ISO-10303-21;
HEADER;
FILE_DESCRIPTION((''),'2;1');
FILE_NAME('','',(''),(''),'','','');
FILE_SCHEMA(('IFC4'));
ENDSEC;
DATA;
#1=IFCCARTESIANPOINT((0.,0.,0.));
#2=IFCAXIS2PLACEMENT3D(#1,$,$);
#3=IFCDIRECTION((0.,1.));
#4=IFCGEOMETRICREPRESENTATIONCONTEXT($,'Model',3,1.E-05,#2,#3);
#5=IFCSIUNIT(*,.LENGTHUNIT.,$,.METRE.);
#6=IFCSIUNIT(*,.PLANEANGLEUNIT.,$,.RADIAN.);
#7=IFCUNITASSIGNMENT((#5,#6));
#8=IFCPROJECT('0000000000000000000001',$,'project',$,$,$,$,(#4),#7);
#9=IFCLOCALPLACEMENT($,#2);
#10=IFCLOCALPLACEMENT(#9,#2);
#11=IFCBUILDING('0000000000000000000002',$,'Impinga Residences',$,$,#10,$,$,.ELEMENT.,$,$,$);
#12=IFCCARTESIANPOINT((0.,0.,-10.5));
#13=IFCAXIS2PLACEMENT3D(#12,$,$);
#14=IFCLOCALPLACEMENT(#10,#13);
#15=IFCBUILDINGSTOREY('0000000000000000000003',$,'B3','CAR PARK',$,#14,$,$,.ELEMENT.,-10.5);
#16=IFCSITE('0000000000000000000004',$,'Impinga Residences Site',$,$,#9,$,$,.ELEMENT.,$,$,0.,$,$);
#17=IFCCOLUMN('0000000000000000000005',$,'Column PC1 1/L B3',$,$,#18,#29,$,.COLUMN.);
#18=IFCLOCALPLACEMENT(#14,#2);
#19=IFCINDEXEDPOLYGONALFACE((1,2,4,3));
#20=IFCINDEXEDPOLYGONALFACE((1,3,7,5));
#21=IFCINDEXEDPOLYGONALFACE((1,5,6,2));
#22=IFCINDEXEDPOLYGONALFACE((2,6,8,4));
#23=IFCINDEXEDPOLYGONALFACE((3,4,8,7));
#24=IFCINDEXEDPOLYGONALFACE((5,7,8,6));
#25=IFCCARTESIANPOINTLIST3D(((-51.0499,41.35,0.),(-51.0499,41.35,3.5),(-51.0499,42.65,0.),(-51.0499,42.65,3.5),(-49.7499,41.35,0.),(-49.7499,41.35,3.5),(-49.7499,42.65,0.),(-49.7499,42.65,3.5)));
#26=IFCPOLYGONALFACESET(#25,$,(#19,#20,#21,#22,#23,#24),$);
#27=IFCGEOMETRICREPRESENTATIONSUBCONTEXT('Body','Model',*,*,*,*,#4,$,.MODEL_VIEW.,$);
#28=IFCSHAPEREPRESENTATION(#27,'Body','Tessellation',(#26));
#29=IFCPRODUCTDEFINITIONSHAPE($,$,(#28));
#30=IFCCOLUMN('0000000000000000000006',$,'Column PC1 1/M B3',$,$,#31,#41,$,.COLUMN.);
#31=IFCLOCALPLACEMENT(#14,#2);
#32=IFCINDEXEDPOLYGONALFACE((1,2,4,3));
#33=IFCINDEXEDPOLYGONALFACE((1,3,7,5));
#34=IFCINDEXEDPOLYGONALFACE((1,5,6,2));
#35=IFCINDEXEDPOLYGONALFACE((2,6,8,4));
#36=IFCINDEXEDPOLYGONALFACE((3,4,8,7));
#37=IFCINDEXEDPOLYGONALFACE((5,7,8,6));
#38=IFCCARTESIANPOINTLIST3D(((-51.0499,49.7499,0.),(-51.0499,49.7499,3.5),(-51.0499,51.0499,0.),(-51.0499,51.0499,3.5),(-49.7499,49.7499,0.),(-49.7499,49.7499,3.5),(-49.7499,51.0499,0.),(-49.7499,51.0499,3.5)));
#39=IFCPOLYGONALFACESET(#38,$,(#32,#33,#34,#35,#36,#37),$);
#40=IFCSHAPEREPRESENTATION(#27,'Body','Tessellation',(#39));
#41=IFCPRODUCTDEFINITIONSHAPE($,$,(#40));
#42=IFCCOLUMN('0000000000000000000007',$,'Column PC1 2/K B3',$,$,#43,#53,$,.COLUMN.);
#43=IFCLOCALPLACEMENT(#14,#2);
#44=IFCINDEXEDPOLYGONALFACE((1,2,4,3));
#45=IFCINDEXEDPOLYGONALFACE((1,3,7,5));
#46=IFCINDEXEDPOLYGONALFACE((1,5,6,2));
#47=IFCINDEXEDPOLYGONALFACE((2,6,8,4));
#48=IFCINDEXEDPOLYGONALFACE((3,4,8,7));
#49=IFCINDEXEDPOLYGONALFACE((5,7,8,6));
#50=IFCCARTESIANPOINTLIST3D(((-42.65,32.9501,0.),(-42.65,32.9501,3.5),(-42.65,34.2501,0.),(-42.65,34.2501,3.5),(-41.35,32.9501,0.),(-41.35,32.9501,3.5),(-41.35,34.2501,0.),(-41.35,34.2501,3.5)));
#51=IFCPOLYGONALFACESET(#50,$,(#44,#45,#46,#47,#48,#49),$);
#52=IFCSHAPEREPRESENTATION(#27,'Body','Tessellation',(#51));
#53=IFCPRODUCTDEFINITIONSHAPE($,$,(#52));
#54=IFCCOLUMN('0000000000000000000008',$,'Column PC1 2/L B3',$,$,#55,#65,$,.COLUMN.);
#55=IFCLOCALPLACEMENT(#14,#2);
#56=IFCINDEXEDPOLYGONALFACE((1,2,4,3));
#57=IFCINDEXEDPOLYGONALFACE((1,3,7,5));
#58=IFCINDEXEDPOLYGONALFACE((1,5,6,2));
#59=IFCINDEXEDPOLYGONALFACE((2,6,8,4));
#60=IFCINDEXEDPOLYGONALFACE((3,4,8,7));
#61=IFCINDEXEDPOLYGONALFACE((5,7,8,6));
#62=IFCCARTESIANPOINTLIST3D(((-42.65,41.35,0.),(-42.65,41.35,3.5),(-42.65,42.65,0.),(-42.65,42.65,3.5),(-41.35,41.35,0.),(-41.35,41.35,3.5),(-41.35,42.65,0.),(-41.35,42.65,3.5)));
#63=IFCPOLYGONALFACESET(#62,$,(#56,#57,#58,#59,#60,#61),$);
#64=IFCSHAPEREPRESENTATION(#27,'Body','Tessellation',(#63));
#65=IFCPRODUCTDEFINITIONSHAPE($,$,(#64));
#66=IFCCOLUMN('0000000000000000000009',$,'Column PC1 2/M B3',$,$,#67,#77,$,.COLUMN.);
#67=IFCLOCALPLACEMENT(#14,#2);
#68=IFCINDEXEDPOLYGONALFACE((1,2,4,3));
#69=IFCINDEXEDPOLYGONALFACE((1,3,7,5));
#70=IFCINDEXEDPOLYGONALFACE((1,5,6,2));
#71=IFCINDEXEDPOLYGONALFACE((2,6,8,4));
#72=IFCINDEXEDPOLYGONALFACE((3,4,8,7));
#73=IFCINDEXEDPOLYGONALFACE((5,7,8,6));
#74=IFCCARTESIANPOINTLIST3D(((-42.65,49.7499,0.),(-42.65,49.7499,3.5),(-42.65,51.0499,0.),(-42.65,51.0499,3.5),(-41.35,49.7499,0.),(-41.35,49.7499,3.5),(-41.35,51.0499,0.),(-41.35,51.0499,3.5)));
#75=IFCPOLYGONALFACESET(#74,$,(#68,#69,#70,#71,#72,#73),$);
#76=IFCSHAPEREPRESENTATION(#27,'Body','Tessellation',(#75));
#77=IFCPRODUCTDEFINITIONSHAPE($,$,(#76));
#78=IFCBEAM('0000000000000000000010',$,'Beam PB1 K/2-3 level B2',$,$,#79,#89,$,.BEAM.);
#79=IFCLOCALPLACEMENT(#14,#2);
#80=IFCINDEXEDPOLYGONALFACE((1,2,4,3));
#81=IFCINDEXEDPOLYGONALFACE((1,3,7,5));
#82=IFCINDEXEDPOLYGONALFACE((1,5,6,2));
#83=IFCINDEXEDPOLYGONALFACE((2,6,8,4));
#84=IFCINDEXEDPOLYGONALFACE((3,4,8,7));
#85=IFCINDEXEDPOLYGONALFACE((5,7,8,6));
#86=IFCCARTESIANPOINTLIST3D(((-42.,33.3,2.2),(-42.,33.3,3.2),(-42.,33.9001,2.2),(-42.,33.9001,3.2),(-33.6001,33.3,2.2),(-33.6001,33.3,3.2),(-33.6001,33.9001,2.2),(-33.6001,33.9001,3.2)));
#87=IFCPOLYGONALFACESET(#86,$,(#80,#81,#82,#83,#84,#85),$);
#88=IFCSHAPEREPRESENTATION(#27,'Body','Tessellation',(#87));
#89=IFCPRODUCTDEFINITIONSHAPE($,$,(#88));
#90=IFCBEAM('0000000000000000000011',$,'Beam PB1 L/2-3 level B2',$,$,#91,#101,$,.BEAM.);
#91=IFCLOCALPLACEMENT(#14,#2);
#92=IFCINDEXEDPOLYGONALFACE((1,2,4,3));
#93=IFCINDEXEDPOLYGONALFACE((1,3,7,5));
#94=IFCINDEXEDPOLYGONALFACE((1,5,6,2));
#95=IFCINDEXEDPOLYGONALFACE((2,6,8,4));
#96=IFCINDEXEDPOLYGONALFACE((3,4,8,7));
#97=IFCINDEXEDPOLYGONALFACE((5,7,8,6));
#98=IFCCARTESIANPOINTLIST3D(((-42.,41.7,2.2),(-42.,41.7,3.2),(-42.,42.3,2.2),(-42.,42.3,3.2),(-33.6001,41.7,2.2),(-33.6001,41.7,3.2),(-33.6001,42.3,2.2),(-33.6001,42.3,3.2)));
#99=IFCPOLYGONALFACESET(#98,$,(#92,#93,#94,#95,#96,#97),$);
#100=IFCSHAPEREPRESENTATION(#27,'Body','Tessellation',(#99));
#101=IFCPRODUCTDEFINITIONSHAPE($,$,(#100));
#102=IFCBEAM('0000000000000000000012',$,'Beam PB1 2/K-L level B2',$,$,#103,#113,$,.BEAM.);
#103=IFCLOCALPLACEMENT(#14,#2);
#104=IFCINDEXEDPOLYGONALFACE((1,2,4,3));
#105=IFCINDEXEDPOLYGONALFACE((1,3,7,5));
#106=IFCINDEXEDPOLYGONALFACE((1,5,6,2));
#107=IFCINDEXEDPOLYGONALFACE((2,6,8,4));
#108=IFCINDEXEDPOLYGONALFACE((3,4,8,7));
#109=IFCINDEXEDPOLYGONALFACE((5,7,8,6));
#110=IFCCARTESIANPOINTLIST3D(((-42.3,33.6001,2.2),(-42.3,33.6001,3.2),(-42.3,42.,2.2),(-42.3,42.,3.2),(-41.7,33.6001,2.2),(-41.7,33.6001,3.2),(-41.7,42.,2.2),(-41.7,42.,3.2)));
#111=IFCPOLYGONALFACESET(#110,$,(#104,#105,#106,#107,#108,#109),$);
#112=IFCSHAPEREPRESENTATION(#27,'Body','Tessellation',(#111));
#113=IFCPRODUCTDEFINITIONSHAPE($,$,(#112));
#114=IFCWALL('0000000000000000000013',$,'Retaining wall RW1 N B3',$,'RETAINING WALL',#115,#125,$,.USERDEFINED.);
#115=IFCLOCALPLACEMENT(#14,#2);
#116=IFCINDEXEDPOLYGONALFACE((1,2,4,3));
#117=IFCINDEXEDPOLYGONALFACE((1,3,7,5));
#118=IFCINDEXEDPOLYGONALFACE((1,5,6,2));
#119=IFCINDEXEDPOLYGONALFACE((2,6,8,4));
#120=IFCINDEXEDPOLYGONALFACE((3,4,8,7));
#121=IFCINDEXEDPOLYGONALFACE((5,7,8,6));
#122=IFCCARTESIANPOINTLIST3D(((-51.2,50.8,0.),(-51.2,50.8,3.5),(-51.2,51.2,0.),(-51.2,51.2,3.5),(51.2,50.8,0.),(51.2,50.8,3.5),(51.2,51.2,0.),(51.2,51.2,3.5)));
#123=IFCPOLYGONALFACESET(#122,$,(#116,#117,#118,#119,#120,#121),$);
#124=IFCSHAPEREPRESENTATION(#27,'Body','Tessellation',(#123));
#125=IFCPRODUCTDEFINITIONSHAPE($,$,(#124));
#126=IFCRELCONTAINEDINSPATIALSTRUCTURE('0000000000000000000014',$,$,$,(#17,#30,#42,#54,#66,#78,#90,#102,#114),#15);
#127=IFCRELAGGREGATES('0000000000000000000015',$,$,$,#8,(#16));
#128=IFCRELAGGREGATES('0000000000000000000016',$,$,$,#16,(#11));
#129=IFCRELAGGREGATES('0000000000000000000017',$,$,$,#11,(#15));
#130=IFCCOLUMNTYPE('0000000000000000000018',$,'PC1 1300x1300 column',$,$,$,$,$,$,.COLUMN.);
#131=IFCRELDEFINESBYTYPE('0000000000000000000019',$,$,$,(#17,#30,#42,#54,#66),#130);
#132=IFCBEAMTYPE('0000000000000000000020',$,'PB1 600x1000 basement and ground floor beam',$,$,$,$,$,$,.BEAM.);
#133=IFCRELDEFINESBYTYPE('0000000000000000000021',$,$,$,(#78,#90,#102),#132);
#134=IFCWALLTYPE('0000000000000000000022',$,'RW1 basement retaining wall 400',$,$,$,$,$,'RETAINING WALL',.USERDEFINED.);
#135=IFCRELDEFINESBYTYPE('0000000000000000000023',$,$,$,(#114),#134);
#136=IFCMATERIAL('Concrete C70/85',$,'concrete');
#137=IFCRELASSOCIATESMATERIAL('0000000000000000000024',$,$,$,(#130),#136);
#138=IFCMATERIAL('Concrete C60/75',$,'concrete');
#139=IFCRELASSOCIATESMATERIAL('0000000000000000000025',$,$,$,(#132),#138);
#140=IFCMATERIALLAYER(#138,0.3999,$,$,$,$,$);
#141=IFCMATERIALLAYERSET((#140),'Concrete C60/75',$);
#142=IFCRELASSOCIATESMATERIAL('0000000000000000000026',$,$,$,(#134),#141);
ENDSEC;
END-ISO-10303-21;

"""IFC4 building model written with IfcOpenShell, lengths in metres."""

from ifc_helpers import new_model, si_unit, direction, frame, frame_2d, origin, origin_2d, place, context, subcontext, project, spatial, rectangle, extrude, material, layer, layer_set, material_profile, profile_set, type_object, element, save


model = new_model("IFC4")

# Units and contexts
model_context = context("Model", 3, precision=1e-05, world=origin(), true_north=direction((0.0, 1.0)))
body_context = subcontext(model_context, "Body", "Model", "MODEL_VIEW")
ifc_project = project(units=[si_unit("LENGTHUNIT", "METRE"), si_unit("PLANEANGLEUNIT", "RADIAN")], contexts=[model_context])

# Site, building, storey
site_placement = place(None, origin())
site = spatial("IfcSite", under=ifc_project, at=site_placement, Name="Impinga Residences Site", CompositionType="ELEMENT", RefElevation=0.0)
building_placement = place(site_placement, origin())
building = spatial("IfcBuilding", under=site, at=building_placement, Name="Impinga Residences", CompositionType="ELEMENT")
storey_placement = place(building_placement, frame((0.0, 0.0, -10.5)))
storey = spatial("IfcBuildingStorey", under=building, at=storey_placement, Name="B3", Description="CAR PARK", CompositionType="ELEMENT", Elevation=-10.5)

# Columns
ifc_material_1 = material(Name="Concrete C70/85", Category="concrete")
ifc_material_profile_1 = material_profile(ifc_material_1, rectangle(XDim=1.3, YDim=1.3, at=origin_2d()), Name="RC 1300x1300")
ifc_profile_set_1 = profile_set([ifc_material_profile_1], Name="Concrete C70/85")
column_type = type_object("IfcColumnType", Name="PC1 1300x1300 column", PredefinedType="COLUMN", material=ifc_profile_set_1)
for number, where, z_axis, x_axis, name in (
    (1, (-50.3999, 42.0, 0.0), (0.0, 0.0, 1.0), (1.0, 0.0, 0.0), "Column PC1 1/L B3"),
    (2, (-50.3999, 50.3999, 0.0), (0.0, 0.0, 1.0), (1.0, 0.0, 0.0), "Column PC1 1/M B3"),
    (3, (-42.0, 33.6001, 0.0), (0.0, 0.0, 1.0), (1.0, 0.0, 0.0), "Column PC1 2/K B3"),
    (4, (-42.0, 42.0, 0.0), (0.0, 0.0, 1.0), (1.0, 0.0, 0.0), "Column PC1 2/L B3"),
    (5, (-42.0, 50.3999, 0.0), (0.0, 0.0, 1.0), (1.0, 0.0, 0.0), "Column PC1 2/M B3"),
):
    element("IfcColumn", number, at=place(storey_placement, frame(where, z_axis=z_axis, x_axis=x_axis)), inside=storey, type_object=column_type, Name=name, PredefinedType="COLUMN", context=body_context, shape_type="SweptSolid", body=[
        extrude(rectangle(XDim=1.3, YDim=1.3, at=origin_2d()), origin(), (0.0, 0.0, 1.0), 3.5),
    ])

# Beams
ifc_material_2 = material(Name="Concrete C60/75", Category="concrete")
ifc_material_profile_2 = material_profile(ifc_material_2, rectangle(XDim=0.6001, YDim=1.0, at=origin_2d()), Name="RC 600x1000")
ifc_profile_set_2 = profile_set([ifc_material_profile_2], Name="Concrete C60/75")
beam_type = type_object("IfcBeamType", Name="PB1 600x1000 basement and ground floor beam", PredefinedType="BEAM", material=ifc_profile_set_2)
for number, where, z_axis, x_axis, name in (
    (6, (-42.0, 33.6001, 2.7), (1.0, 0.0, 0.0), (0.0, 1.0, 0.0), "Beam PB1 K/2-3 level B2"),
    (7, (-42.0, 42.0, 2.7), (1.0, 0.0, 0.0), (0.0, 1.0, 0.0), "Beam PB1 L/2-3 level B2"),
    (8, (-42.0, 33.6001, 2.7), (0.0, 1.0, 0.0), (-1.0, 0.0, 0.0), "Beam PB1 2/K-L level B2"),
):
    element("IfcBeam", number, at=place(storey_placement, frame(where, z_axis=z_axis, x_axis=x_axis)), inside=storey, type_object=beam_type, Name=name, PredefinedType="BEAM", context=body_context, shape_type="SweptSolid", body=[
        extrude(rectangle(XDim=0.6001, YDim=1.0, at=origin_2d()), origin(), (0.0, 0.0, 1.0), 8.3999),
    ])

# Wall
ifc_layer = layer(ifc_material_2, 0.3999)
ifc_layer_set = layer_set([ifc_layer], Name="Concrete C60/75")
wall_type = type_object("IfcWallType", Name="RW1 basement retaining wall 400", ElementType="RETAINING WALL", PredefinedType="USERDEFINED", material=ifc_layer_set)
wall_placement = place(storey_placement, frame((-51.2, 51.0, 0.0), z_axis=(0.0, 0.0, 1.0), x_axis=(1.0, 0.0, 0.0)))
element("IfcWall", 9, at=wall_placement, inside=storey, type_object=wall_type, Name="Retaining wall RW1 N B3", ObjectType="RETAINING WALL", PredefinedType="USERDEFINED", context=body_context, shape_type="SweptSolid", body=[
    extrude(rectangle(XDim=102.3999, YDim=0.3999, at=frame_2d((51.2, 0.0))), origin(), (0.0, 0.0, 1.0), 3.5),
])

save(model, "model.ifc")
